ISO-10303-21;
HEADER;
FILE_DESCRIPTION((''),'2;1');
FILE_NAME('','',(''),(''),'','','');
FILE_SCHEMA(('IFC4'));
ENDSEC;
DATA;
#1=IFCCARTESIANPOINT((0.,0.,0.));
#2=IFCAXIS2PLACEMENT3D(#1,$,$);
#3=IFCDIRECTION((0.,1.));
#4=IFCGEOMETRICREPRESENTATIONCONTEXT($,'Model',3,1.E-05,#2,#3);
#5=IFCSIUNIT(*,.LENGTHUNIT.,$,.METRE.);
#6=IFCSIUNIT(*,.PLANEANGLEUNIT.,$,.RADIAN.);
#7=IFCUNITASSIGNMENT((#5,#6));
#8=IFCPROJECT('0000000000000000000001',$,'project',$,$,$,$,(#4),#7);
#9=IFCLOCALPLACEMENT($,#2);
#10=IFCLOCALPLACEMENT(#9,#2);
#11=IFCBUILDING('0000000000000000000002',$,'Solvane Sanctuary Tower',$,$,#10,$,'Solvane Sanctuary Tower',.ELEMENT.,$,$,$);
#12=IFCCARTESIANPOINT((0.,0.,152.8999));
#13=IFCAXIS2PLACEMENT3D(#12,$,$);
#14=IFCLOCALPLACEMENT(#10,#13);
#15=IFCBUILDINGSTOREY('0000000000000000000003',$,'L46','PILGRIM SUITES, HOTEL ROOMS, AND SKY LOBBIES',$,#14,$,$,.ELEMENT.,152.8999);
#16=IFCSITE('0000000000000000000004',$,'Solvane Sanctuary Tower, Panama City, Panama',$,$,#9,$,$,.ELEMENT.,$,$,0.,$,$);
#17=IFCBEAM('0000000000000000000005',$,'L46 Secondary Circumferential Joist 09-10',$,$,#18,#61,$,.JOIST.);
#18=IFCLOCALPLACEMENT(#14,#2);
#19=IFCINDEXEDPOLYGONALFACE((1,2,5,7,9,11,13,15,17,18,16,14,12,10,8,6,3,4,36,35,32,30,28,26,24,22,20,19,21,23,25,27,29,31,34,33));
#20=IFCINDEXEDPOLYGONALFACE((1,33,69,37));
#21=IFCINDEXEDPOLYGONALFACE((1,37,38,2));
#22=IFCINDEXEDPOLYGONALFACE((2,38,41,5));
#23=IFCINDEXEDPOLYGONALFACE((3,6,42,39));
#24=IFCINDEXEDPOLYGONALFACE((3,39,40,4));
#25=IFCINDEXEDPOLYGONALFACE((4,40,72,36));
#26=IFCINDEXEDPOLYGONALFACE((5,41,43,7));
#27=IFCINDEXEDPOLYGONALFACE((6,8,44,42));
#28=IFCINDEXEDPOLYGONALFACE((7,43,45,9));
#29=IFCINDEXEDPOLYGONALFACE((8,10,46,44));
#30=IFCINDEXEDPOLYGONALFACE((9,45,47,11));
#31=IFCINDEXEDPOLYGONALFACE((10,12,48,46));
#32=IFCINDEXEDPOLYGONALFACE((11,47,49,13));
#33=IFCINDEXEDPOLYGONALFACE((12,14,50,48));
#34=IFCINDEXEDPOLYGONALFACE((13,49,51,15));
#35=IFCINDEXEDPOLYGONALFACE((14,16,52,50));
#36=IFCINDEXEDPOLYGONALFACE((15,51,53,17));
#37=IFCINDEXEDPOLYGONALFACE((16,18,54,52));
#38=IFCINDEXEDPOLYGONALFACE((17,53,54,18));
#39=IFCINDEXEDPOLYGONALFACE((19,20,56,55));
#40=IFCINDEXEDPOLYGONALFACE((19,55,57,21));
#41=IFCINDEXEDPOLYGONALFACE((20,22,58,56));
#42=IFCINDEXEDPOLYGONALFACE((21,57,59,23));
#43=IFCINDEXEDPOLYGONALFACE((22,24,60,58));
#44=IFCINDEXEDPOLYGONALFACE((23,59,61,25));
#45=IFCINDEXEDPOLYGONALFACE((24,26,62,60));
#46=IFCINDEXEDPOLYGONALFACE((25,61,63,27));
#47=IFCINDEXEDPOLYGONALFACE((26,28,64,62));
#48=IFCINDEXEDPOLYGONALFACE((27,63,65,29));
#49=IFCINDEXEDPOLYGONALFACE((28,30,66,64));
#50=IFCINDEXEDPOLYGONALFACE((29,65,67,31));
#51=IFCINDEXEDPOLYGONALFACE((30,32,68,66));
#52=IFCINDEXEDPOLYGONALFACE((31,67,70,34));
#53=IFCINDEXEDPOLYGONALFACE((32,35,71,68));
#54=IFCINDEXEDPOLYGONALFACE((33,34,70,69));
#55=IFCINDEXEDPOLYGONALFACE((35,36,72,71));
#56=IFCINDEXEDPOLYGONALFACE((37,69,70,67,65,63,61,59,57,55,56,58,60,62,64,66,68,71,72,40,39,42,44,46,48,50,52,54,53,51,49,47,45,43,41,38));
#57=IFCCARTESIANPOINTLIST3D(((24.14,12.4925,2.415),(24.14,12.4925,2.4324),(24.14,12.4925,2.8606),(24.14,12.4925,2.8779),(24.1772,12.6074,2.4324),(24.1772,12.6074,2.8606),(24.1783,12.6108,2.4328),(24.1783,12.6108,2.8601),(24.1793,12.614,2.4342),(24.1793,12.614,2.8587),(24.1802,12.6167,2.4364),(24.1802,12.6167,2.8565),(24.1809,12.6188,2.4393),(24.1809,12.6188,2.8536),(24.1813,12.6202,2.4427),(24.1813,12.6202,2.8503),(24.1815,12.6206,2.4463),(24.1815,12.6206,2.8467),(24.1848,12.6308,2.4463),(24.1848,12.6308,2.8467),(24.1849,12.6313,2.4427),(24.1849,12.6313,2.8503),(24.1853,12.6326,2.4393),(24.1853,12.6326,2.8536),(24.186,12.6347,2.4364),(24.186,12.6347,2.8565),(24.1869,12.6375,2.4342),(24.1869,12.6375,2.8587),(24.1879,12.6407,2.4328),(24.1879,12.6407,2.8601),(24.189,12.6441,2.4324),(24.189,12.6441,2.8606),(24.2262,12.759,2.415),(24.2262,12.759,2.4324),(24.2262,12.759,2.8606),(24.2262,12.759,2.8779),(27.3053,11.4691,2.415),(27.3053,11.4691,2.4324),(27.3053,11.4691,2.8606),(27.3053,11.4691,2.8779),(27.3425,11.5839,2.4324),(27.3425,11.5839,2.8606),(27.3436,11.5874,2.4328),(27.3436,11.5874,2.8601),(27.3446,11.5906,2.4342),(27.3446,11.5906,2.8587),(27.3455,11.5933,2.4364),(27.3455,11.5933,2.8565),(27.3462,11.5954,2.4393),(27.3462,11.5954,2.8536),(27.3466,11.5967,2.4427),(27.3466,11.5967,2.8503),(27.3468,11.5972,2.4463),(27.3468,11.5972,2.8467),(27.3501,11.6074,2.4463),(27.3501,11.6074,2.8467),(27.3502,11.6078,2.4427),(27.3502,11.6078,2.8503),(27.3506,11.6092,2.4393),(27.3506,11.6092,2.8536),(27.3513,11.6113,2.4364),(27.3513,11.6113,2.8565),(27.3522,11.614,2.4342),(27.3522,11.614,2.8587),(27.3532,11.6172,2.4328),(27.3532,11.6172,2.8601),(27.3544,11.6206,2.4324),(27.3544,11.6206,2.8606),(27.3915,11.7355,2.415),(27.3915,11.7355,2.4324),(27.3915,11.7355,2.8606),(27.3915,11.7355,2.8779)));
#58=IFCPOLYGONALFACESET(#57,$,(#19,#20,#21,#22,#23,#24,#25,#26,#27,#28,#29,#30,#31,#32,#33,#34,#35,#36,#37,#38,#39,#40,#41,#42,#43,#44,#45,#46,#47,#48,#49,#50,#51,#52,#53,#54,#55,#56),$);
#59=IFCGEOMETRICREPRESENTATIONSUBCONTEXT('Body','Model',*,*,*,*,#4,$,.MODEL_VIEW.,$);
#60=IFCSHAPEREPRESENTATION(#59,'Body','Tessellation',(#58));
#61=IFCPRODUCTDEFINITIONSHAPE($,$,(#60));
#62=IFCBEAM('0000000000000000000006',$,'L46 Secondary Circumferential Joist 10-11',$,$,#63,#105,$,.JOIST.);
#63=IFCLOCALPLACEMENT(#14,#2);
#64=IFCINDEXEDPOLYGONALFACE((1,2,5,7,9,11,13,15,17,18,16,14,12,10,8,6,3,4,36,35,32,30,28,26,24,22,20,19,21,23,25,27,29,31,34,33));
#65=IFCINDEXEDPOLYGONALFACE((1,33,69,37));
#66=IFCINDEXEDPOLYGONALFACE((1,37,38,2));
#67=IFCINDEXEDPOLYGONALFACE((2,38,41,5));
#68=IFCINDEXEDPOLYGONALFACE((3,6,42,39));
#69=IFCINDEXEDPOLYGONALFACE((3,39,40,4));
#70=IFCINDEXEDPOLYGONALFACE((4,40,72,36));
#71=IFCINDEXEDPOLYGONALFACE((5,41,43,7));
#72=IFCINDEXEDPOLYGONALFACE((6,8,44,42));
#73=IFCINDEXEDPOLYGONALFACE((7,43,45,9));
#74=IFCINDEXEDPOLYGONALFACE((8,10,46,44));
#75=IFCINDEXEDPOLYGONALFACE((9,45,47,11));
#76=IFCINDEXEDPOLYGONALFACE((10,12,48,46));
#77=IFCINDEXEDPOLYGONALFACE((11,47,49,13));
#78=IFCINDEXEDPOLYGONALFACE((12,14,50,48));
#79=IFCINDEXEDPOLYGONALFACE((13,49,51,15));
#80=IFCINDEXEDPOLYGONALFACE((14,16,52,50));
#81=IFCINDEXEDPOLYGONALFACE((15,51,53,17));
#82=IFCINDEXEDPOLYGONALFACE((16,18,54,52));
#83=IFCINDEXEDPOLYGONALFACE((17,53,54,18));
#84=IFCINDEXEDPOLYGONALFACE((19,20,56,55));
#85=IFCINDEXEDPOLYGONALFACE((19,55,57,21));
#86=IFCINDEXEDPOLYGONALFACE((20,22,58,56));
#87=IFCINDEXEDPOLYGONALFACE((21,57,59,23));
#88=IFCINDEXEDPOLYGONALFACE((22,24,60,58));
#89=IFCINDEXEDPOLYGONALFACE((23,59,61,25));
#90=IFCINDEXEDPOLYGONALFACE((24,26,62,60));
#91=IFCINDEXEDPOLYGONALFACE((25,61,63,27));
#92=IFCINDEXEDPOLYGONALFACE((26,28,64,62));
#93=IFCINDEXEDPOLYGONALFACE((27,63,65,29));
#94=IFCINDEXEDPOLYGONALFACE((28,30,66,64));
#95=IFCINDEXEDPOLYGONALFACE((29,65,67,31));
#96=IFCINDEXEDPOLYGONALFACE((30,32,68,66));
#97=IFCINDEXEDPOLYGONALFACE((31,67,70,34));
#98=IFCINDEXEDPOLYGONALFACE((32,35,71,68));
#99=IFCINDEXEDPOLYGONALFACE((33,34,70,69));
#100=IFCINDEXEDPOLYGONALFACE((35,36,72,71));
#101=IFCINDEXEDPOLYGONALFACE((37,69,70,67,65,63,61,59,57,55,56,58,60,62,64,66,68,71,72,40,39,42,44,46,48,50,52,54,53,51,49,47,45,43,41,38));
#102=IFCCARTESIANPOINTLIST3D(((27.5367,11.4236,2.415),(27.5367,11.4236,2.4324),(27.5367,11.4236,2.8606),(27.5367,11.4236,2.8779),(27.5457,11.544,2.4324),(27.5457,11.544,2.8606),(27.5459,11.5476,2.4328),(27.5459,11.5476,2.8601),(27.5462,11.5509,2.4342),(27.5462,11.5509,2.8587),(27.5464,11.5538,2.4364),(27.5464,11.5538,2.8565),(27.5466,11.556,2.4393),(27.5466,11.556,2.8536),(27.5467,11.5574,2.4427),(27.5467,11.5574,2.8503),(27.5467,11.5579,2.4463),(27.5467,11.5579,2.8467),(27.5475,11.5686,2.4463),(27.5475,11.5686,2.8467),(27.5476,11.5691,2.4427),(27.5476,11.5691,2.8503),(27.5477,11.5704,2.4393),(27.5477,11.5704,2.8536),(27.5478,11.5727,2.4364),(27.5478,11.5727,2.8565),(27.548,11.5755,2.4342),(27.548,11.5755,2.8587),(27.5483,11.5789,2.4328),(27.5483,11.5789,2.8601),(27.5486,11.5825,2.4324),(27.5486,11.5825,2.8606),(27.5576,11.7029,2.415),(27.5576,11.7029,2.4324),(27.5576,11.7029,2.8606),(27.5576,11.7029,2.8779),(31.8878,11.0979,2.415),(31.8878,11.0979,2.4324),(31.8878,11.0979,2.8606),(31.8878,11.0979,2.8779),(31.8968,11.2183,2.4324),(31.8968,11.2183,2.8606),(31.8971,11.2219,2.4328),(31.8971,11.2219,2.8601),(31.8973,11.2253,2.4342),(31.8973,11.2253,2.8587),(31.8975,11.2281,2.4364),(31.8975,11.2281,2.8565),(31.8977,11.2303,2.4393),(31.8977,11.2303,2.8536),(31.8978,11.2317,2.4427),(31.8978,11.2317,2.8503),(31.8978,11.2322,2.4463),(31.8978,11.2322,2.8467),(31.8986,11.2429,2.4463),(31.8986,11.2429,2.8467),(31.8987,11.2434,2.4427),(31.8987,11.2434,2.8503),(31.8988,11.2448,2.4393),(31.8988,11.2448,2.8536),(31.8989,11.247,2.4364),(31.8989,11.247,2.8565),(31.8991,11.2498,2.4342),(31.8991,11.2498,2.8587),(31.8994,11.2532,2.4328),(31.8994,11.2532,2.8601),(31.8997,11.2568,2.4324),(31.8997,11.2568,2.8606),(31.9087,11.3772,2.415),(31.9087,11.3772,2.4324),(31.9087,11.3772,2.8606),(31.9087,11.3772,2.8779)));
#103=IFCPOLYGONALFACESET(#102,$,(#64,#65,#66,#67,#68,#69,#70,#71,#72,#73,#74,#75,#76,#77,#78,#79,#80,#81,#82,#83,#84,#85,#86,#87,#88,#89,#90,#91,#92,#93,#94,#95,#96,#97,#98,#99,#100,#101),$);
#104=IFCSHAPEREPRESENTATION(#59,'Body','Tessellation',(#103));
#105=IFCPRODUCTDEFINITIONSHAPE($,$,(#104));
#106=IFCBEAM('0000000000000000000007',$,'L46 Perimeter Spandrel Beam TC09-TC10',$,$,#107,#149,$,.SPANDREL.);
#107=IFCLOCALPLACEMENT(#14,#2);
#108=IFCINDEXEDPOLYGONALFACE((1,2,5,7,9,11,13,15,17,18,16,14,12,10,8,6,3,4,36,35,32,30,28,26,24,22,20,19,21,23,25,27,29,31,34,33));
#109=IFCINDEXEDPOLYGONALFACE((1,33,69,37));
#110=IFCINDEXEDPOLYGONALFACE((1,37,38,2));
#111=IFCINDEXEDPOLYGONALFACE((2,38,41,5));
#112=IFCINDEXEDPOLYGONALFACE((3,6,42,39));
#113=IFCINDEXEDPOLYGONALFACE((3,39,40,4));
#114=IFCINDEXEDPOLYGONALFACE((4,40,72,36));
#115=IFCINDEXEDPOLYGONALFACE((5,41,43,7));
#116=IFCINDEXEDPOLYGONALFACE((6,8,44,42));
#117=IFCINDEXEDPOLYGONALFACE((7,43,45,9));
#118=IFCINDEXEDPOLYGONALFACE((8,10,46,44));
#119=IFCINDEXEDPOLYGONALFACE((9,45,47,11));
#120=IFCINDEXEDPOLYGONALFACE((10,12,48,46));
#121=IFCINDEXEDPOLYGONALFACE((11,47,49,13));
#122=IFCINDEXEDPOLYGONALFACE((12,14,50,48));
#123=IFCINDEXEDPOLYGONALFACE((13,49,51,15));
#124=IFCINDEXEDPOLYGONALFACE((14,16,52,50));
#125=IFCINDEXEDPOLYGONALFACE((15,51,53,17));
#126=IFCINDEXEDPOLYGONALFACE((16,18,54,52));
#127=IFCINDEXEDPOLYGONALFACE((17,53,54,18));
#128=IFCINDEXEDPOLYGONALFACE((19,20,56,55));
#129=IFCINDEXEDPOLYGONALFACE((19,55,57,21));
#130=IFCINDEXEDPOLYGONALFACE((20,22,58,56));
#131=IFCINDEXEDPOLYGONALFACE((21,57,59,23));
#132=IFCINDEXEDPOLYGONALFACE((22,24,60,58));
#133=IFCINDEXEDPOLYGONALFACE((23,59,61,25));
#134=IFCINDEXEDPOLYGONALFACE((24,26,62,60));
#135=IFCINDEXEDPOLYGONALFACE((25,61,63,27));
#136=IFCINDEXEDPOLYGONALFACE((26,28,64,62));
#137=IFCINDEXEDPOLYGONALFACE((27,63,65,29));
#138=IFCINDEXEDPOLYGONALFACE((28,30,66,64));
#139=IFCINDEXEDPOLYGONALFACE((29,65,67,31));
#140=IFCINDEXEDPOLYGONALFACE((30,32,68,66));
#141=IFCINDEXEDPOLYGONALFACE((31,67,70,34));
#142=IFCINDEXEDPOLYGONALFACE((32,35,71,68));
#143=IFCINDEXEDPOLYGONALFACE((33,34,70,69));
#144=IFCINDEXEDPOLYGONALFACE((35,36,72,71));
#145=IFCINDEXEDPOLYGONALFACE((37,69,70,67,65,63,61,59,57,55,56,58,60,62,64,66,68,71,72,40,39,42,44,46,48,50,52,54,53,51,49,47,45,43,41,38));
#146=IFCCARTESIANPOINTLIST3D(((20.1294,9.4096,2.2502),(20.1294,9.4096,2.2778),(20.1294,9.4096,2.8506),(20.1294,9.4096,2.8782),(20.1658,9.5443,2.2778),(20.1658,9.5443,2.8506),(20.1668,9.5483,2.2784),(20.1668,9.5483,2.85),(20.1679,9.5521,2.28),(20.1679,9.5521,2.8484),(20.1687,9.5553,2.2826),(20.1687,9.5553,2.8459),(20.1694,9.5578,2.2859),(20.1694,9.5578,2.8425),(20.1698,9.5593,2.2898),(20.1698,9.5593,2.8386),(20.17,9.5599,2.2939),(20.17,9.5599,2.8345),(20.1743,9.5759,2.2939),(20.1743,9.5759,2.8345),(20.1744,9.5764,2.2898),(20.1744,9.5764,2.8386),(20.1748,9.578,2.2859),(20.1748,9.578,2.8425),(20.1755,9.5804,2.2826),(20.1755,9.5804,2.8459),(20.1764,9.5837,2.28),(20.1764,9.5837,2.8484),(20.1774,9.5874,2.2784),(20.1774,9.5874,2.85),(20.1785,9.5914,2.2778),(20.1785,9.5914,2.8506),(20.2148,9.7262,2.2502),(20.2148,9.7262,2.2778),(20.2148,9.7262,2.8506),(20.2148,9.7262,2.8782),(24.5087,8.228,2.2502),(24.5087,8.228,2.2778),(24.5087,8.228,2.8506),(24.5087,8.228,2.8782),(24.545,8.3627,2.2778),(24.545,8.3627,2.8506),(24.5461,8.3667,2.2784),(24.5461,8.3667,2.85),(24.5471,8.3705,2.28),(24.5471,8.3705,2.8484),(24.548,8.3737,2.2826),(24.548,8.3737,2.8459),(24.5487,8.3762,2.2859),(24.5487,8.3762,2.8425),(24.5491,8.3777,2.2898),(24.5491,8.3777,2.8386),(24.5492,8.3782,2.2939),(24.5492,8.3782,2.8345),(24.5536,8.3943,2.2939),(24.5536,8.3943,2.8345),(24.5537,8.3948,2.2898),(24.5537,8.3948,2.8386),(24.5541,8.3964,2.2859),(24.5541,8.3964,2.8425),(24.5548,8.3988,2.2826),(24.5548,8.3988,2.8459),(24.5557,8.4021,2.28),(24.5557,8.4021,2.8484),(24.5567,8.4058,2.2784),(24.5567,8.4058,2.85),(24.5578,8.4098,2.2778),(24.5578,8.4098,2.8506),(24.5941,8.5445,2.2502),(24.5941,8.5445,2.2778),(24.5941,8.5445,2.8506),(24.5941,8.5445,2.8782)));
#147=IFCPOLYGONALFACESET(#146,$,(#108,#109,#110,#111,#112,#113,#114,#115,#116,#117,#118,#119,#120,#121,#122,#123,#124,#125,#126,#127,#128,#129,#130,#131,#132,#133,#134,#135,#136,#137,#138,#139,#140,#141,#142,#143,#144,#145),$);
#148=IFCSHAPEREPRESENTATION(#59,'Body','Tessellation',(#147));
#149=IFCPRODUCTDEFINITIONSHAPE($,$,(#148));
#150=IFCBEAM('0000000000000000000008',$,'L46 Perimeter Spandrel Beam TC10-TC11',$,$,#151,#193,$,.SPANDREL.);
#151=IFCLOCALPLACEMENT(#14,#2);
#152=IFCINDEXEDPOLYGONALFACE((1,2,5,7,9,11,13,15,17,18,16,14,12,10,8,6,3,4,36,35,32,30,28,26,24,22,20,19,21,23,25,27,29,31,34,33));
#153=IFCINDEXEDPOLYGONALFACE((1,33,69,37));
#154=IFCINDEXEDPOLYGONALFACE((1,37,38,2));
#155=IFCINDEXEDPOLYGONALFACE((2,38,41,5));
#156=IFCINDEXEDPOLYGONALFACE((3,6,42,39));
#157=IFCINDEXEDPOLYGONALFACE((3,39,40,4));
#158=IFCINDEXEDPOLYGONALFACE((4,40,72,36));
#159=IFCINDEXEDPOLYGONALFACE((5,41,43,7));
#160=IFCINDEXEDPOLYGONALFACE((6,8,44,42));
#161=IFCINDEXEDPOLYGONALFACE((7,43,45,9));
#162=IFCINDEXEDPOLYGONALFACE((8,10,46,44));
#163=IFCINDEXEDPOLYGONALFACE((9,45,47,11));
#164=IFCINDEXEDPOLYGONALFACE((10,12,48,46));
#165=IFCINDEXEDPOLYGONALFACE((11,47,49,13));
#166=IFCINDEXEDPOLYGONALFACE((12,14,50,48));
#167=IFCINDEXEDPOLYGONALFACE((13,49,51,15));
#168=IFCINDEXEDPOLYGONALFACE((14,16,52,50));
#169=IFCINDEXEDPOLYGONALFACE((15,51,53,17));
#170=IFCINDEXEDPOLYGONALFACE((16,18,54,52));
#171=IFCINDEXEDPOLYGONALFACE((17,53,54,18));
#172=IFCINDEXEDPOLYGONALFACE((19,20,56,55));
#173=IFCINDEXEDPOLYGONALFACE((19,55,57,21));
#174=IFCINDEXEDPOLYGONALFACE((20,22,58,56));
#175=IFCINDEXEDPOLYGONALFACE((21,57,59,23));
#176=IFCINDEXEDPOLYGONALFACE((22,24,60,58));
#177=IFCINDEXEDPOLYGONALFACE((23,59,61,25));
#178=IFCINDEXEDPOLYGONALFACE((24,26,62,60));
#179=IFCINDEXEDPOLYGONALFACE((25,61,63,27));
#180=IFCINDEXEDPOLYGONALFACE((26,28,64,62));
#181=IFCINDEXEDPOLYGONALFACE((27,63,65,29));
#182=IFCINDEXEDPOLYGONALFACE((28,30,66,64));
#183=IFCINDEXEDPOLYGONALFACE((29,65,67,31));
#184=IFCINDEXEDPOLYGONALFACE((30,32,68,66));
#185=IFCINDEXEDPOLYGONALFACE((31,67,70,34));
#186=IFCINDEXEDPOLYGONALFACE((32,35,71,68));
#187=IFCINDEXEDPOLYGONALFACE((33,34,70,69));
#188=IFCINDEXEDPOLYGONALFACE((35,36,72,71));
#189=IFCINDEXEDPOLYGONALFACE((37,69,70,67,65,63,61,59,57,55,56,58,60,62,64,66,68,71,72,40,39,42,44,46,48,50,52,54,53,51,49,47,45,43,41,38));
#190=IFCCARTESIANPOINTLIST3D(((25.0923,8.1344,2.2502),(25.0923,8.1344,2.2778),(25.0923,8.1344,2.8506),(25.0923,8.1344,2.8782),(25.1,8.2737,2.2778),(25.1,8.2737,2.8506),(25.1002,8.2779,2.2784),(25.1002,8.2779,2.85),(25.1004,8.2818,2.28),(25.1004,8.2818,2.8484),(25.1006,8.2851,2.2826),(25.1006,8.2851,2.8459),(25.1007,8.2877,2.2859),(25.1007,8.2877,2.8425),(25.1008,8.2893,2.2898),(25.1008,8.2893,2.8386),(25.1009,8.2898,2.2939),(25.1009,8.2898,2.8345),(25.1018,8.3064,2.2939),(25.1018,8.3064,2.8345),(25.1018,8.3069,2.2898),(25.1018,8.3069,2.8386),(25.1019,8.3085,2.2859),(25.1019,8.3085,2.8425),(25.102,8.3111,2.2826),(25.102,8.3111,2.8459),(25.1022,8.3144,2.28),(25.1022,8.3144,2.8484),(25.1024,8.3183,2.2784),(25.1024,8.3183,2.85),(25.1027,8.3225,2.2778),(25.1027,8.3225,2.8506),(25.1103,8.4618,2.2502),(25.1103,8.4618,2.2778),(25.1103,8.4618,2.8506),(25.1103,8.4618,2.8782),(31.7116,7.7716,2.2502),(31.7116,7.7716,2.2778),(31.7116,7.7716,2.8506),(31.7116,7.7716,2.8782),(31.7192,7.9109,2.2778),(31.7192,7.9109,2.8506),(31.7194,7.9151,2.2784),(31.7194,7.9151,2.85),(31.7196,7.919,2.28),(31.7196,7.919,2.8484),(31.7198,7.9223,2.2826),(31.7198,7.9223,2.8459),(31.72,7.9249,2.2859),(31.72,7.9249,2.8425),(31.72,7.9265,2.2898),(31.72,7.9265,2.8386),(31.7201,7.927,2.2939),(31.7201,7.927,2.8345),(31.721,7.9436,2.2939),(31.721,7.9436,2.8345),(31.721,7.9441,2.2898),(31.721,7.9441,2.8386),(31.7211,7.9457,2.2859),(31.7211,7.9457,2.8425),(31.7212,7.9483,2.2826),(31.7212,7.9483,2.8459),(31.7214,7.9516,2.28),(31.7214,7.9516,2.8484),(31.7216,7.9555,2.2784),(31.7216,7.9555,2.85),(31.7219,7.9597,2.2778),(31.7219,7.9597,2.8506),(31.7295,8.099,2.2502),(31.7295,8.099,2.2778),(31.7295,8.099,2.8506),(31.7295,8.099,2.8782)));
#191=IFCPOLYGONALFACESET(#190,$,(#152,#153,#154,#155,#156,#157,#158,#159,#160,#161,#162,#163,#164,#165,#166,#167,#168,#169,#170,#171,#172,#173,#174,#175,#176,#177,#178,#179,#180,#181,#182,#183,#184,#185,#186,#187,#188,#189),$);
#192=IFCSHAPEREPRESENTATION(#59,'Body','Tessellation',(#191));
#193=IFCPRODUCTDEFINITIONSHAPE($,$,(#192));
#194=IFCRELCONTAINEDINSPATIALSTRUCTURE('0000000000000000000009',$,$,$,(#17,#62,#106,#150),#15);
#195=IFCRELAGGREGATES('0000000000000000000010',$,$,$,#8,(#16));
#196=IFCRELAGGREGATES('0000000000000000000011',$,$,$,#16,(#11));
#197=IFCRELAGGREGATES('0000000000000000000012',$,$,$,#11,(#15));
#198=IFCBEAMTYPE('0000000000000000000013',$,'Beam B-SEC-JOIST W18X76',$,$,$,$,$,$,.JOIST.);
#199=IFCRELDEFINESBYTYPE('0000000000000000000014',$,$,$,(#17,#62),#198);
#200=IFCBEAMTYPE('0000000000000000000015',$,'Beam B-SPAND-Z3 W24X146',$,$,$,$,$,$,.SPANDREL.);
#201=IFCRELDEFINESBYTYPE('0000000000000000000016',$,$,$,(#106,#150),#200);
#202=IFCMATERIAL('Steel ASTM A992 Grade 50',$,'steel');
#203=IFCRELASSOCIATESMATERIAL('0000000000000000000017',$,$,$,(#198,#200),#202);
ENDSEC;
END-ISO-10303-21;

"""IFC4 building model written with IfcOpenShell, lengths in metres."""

from ifc_helpers import new_model, si_unit, direction, frame, origin, origin_2d, place, context, subcontext, project, spatial, i_section, extrude, material, material_profile, profile_set, type_object, element, save


model = new_model("IFC4")

# Units and contexts
model_context = context("Model", 3, precision=1e-05, world=origin(), true_north=direction((0.0, 1.0)))
body_context = subcontext(model_context, "Body", "Model", "MODEL_VIEW")
ifc_project = project(units=[si_unit("LENGTHUNIT", "METRE"), si_unit("PLANEANGLEUNIT", "RADIAN")], contexts=[model_context])

# Site, building, storey
site_placement = place(None, origin())
site = spatial("IfcSite", under=ifc_project, at=site_placement, Name="Solvane Sanctuary Tower, Panama City, Panama", CompositionType="ELEMENT", RefElevation=0.0)
building_placement = place(site_placement, origin())
building = spatial("IfcBuilding", under=site, at=building_placement, Name="Solvane Sanctuary Tower", LongName="Solvane Sanctuary Tower", CompositionType="ELEMENT")
storey_placement = place(building_placement, frame((0.0, 0.0, 152.8999)))
storey = spatial("IfcBuildingStorey", under=building, at=storey_placement, Name="L46", Description="PILGRIM SUITES, HOTEL ROOMS, AND SKY LOBBIES", CompositionType="ELEMENT", Elevation=152.8999)

# Beams
ifc_material_1 = material(Name="Steel ASTM A992 Grade 50", Category="steel")
ifc_material_profile_1 = material_profile(ifc_material_1, i_section(OverallWidth=0.28, OverallDepth=0.4629, WebThickness=0.0107, FlangeThickness=0.0173, FilletRadius=0.0139, at=origin_2d()), Name="W18X76")
ifc_profile_set_1 = profile_set([ifc_material_profile_1], Name="Steel ASTM A992 Grade 50")
beam_type_1 = type_object("IfcBeamType", Name="Beam B-SEC-JOIST W18X76", PredefinedType="JOIST", material=ifc_profile_set_1)
beam_1_placement = place(storey_placement, frame((24.1831, 12.6257, 2.6465), z_axis=(0.9515, -0.30765, 0.0), x_axis=(0.30765, 0.9515, 0.0)))
element("IfcBeam", 1, at=beam_1_placement, inside=storey, type_object=beam_type_1, Name="L46 Secondary Circumferential Joist 09-10", PredefinedType="JOIST", context=body_context, shape_type="SweptSolid", body=[
    extrude(i_section(OverallWidth=0.28, OverallDepth=0.4629, WebThickness=0.0107, FlangeThickness=0.0173, FilletRadius=0.0139, at=origin_2d()), origin(), (0.0, 0.0, 1.0), 3.3267),
])
beam_2_placement = place(storey_placement, frame((27.5471, 11.5632, 2.6465), z_axis=(0.99721, -0.074642, 0.0), x_axis=(0.074642, 0.99721, 0.0)))
element("IfcBeam", 2, at=beam_2_placement, inside=storey, type_object=beam_type_1, Name="L46 Secondary Circumferential Joist 10-11", PredefinedType="JOIST", context=body_context, shape_type="SweptSolid", body=[
    extrude(i_section(OverallWidth=0.28, OverallDepth=0.4629, WebThickness=0.0107, FlangeThickness=0.0173, FilletRadius=0.0139, at=origin_2d()), origin(), (0.0, 0.0, 1.0), 4.3633),
])
ifc_material_profile_2 = material_profile(ifc_material_1, i_section(OverallWidth=0.3279, OverallDepth=0.6279, WebThickness=0.0166, FlangeThickness=0.0276, FilletRadius=0.0161, at=origin_2d()), Name="W24X146")
ifc_profile_set_2 = profile_set([ifc_material_profile_2], Name="Steel ASTM A992 Grade 50")
beam_type_2 = type_object("IfcBeamType", Name="Beam B-SPAND-Z3 W24X146", PredefinedType="SPANDREL", material=ifc_profile_set_2)
beam_3_placement = place(storey_placement, frame((20.1721, 9.5679, 2.5642), z_axis=(0.965473, -0.260502, 0.0), x_axis=(0.260502, 0.965473, 0.0)))
element("IfcBeam", 3, at=beam_3_placement, inside=storey, type_object=beam_type_2, Name="L46 Perimeter Spandrel Beam TC09-TC10", PredefinedType="SPANDREL", context=body_context, shape_type="SweptSolid", body=[
    extrude(i_section(OverallWidth=0.3279, OverallDepth=0.6279, WebThickness=0.0166, FlangeThickness=0.0276, FilletRadius=0.0161, at=origin_2d()), origin(), (0.0, 0.0, 1.0), 4.5359),
])
beam_4_placement = place(storey_placement, frame((25.1013, 8.2981, 2.5642), z_axis=(0.998501, -0.054728, 0.0), x_axis=(0.054728, 0.998501, 0.0)))
element("IfcBeam", 4, at=beam_4_placement, inside=storey, type_object=beam_type_2, Name="L46 Perimeter Spandrel Beam TC10-TC11", PredefinedType="SPANDREL", context=body_context, shape_type="SweptSolid", body=[
    extrude(i_section(OverallWidth=0.3279, OverallDepth=0.6279, WebThickness=0.0166, FlangeThickness=0.0276, FilletRadius=0.0161, at=origin_2d()), origin(), (0.0, 0.0, 1.0), 6.6292),
])

save(model, "model.ifc")
